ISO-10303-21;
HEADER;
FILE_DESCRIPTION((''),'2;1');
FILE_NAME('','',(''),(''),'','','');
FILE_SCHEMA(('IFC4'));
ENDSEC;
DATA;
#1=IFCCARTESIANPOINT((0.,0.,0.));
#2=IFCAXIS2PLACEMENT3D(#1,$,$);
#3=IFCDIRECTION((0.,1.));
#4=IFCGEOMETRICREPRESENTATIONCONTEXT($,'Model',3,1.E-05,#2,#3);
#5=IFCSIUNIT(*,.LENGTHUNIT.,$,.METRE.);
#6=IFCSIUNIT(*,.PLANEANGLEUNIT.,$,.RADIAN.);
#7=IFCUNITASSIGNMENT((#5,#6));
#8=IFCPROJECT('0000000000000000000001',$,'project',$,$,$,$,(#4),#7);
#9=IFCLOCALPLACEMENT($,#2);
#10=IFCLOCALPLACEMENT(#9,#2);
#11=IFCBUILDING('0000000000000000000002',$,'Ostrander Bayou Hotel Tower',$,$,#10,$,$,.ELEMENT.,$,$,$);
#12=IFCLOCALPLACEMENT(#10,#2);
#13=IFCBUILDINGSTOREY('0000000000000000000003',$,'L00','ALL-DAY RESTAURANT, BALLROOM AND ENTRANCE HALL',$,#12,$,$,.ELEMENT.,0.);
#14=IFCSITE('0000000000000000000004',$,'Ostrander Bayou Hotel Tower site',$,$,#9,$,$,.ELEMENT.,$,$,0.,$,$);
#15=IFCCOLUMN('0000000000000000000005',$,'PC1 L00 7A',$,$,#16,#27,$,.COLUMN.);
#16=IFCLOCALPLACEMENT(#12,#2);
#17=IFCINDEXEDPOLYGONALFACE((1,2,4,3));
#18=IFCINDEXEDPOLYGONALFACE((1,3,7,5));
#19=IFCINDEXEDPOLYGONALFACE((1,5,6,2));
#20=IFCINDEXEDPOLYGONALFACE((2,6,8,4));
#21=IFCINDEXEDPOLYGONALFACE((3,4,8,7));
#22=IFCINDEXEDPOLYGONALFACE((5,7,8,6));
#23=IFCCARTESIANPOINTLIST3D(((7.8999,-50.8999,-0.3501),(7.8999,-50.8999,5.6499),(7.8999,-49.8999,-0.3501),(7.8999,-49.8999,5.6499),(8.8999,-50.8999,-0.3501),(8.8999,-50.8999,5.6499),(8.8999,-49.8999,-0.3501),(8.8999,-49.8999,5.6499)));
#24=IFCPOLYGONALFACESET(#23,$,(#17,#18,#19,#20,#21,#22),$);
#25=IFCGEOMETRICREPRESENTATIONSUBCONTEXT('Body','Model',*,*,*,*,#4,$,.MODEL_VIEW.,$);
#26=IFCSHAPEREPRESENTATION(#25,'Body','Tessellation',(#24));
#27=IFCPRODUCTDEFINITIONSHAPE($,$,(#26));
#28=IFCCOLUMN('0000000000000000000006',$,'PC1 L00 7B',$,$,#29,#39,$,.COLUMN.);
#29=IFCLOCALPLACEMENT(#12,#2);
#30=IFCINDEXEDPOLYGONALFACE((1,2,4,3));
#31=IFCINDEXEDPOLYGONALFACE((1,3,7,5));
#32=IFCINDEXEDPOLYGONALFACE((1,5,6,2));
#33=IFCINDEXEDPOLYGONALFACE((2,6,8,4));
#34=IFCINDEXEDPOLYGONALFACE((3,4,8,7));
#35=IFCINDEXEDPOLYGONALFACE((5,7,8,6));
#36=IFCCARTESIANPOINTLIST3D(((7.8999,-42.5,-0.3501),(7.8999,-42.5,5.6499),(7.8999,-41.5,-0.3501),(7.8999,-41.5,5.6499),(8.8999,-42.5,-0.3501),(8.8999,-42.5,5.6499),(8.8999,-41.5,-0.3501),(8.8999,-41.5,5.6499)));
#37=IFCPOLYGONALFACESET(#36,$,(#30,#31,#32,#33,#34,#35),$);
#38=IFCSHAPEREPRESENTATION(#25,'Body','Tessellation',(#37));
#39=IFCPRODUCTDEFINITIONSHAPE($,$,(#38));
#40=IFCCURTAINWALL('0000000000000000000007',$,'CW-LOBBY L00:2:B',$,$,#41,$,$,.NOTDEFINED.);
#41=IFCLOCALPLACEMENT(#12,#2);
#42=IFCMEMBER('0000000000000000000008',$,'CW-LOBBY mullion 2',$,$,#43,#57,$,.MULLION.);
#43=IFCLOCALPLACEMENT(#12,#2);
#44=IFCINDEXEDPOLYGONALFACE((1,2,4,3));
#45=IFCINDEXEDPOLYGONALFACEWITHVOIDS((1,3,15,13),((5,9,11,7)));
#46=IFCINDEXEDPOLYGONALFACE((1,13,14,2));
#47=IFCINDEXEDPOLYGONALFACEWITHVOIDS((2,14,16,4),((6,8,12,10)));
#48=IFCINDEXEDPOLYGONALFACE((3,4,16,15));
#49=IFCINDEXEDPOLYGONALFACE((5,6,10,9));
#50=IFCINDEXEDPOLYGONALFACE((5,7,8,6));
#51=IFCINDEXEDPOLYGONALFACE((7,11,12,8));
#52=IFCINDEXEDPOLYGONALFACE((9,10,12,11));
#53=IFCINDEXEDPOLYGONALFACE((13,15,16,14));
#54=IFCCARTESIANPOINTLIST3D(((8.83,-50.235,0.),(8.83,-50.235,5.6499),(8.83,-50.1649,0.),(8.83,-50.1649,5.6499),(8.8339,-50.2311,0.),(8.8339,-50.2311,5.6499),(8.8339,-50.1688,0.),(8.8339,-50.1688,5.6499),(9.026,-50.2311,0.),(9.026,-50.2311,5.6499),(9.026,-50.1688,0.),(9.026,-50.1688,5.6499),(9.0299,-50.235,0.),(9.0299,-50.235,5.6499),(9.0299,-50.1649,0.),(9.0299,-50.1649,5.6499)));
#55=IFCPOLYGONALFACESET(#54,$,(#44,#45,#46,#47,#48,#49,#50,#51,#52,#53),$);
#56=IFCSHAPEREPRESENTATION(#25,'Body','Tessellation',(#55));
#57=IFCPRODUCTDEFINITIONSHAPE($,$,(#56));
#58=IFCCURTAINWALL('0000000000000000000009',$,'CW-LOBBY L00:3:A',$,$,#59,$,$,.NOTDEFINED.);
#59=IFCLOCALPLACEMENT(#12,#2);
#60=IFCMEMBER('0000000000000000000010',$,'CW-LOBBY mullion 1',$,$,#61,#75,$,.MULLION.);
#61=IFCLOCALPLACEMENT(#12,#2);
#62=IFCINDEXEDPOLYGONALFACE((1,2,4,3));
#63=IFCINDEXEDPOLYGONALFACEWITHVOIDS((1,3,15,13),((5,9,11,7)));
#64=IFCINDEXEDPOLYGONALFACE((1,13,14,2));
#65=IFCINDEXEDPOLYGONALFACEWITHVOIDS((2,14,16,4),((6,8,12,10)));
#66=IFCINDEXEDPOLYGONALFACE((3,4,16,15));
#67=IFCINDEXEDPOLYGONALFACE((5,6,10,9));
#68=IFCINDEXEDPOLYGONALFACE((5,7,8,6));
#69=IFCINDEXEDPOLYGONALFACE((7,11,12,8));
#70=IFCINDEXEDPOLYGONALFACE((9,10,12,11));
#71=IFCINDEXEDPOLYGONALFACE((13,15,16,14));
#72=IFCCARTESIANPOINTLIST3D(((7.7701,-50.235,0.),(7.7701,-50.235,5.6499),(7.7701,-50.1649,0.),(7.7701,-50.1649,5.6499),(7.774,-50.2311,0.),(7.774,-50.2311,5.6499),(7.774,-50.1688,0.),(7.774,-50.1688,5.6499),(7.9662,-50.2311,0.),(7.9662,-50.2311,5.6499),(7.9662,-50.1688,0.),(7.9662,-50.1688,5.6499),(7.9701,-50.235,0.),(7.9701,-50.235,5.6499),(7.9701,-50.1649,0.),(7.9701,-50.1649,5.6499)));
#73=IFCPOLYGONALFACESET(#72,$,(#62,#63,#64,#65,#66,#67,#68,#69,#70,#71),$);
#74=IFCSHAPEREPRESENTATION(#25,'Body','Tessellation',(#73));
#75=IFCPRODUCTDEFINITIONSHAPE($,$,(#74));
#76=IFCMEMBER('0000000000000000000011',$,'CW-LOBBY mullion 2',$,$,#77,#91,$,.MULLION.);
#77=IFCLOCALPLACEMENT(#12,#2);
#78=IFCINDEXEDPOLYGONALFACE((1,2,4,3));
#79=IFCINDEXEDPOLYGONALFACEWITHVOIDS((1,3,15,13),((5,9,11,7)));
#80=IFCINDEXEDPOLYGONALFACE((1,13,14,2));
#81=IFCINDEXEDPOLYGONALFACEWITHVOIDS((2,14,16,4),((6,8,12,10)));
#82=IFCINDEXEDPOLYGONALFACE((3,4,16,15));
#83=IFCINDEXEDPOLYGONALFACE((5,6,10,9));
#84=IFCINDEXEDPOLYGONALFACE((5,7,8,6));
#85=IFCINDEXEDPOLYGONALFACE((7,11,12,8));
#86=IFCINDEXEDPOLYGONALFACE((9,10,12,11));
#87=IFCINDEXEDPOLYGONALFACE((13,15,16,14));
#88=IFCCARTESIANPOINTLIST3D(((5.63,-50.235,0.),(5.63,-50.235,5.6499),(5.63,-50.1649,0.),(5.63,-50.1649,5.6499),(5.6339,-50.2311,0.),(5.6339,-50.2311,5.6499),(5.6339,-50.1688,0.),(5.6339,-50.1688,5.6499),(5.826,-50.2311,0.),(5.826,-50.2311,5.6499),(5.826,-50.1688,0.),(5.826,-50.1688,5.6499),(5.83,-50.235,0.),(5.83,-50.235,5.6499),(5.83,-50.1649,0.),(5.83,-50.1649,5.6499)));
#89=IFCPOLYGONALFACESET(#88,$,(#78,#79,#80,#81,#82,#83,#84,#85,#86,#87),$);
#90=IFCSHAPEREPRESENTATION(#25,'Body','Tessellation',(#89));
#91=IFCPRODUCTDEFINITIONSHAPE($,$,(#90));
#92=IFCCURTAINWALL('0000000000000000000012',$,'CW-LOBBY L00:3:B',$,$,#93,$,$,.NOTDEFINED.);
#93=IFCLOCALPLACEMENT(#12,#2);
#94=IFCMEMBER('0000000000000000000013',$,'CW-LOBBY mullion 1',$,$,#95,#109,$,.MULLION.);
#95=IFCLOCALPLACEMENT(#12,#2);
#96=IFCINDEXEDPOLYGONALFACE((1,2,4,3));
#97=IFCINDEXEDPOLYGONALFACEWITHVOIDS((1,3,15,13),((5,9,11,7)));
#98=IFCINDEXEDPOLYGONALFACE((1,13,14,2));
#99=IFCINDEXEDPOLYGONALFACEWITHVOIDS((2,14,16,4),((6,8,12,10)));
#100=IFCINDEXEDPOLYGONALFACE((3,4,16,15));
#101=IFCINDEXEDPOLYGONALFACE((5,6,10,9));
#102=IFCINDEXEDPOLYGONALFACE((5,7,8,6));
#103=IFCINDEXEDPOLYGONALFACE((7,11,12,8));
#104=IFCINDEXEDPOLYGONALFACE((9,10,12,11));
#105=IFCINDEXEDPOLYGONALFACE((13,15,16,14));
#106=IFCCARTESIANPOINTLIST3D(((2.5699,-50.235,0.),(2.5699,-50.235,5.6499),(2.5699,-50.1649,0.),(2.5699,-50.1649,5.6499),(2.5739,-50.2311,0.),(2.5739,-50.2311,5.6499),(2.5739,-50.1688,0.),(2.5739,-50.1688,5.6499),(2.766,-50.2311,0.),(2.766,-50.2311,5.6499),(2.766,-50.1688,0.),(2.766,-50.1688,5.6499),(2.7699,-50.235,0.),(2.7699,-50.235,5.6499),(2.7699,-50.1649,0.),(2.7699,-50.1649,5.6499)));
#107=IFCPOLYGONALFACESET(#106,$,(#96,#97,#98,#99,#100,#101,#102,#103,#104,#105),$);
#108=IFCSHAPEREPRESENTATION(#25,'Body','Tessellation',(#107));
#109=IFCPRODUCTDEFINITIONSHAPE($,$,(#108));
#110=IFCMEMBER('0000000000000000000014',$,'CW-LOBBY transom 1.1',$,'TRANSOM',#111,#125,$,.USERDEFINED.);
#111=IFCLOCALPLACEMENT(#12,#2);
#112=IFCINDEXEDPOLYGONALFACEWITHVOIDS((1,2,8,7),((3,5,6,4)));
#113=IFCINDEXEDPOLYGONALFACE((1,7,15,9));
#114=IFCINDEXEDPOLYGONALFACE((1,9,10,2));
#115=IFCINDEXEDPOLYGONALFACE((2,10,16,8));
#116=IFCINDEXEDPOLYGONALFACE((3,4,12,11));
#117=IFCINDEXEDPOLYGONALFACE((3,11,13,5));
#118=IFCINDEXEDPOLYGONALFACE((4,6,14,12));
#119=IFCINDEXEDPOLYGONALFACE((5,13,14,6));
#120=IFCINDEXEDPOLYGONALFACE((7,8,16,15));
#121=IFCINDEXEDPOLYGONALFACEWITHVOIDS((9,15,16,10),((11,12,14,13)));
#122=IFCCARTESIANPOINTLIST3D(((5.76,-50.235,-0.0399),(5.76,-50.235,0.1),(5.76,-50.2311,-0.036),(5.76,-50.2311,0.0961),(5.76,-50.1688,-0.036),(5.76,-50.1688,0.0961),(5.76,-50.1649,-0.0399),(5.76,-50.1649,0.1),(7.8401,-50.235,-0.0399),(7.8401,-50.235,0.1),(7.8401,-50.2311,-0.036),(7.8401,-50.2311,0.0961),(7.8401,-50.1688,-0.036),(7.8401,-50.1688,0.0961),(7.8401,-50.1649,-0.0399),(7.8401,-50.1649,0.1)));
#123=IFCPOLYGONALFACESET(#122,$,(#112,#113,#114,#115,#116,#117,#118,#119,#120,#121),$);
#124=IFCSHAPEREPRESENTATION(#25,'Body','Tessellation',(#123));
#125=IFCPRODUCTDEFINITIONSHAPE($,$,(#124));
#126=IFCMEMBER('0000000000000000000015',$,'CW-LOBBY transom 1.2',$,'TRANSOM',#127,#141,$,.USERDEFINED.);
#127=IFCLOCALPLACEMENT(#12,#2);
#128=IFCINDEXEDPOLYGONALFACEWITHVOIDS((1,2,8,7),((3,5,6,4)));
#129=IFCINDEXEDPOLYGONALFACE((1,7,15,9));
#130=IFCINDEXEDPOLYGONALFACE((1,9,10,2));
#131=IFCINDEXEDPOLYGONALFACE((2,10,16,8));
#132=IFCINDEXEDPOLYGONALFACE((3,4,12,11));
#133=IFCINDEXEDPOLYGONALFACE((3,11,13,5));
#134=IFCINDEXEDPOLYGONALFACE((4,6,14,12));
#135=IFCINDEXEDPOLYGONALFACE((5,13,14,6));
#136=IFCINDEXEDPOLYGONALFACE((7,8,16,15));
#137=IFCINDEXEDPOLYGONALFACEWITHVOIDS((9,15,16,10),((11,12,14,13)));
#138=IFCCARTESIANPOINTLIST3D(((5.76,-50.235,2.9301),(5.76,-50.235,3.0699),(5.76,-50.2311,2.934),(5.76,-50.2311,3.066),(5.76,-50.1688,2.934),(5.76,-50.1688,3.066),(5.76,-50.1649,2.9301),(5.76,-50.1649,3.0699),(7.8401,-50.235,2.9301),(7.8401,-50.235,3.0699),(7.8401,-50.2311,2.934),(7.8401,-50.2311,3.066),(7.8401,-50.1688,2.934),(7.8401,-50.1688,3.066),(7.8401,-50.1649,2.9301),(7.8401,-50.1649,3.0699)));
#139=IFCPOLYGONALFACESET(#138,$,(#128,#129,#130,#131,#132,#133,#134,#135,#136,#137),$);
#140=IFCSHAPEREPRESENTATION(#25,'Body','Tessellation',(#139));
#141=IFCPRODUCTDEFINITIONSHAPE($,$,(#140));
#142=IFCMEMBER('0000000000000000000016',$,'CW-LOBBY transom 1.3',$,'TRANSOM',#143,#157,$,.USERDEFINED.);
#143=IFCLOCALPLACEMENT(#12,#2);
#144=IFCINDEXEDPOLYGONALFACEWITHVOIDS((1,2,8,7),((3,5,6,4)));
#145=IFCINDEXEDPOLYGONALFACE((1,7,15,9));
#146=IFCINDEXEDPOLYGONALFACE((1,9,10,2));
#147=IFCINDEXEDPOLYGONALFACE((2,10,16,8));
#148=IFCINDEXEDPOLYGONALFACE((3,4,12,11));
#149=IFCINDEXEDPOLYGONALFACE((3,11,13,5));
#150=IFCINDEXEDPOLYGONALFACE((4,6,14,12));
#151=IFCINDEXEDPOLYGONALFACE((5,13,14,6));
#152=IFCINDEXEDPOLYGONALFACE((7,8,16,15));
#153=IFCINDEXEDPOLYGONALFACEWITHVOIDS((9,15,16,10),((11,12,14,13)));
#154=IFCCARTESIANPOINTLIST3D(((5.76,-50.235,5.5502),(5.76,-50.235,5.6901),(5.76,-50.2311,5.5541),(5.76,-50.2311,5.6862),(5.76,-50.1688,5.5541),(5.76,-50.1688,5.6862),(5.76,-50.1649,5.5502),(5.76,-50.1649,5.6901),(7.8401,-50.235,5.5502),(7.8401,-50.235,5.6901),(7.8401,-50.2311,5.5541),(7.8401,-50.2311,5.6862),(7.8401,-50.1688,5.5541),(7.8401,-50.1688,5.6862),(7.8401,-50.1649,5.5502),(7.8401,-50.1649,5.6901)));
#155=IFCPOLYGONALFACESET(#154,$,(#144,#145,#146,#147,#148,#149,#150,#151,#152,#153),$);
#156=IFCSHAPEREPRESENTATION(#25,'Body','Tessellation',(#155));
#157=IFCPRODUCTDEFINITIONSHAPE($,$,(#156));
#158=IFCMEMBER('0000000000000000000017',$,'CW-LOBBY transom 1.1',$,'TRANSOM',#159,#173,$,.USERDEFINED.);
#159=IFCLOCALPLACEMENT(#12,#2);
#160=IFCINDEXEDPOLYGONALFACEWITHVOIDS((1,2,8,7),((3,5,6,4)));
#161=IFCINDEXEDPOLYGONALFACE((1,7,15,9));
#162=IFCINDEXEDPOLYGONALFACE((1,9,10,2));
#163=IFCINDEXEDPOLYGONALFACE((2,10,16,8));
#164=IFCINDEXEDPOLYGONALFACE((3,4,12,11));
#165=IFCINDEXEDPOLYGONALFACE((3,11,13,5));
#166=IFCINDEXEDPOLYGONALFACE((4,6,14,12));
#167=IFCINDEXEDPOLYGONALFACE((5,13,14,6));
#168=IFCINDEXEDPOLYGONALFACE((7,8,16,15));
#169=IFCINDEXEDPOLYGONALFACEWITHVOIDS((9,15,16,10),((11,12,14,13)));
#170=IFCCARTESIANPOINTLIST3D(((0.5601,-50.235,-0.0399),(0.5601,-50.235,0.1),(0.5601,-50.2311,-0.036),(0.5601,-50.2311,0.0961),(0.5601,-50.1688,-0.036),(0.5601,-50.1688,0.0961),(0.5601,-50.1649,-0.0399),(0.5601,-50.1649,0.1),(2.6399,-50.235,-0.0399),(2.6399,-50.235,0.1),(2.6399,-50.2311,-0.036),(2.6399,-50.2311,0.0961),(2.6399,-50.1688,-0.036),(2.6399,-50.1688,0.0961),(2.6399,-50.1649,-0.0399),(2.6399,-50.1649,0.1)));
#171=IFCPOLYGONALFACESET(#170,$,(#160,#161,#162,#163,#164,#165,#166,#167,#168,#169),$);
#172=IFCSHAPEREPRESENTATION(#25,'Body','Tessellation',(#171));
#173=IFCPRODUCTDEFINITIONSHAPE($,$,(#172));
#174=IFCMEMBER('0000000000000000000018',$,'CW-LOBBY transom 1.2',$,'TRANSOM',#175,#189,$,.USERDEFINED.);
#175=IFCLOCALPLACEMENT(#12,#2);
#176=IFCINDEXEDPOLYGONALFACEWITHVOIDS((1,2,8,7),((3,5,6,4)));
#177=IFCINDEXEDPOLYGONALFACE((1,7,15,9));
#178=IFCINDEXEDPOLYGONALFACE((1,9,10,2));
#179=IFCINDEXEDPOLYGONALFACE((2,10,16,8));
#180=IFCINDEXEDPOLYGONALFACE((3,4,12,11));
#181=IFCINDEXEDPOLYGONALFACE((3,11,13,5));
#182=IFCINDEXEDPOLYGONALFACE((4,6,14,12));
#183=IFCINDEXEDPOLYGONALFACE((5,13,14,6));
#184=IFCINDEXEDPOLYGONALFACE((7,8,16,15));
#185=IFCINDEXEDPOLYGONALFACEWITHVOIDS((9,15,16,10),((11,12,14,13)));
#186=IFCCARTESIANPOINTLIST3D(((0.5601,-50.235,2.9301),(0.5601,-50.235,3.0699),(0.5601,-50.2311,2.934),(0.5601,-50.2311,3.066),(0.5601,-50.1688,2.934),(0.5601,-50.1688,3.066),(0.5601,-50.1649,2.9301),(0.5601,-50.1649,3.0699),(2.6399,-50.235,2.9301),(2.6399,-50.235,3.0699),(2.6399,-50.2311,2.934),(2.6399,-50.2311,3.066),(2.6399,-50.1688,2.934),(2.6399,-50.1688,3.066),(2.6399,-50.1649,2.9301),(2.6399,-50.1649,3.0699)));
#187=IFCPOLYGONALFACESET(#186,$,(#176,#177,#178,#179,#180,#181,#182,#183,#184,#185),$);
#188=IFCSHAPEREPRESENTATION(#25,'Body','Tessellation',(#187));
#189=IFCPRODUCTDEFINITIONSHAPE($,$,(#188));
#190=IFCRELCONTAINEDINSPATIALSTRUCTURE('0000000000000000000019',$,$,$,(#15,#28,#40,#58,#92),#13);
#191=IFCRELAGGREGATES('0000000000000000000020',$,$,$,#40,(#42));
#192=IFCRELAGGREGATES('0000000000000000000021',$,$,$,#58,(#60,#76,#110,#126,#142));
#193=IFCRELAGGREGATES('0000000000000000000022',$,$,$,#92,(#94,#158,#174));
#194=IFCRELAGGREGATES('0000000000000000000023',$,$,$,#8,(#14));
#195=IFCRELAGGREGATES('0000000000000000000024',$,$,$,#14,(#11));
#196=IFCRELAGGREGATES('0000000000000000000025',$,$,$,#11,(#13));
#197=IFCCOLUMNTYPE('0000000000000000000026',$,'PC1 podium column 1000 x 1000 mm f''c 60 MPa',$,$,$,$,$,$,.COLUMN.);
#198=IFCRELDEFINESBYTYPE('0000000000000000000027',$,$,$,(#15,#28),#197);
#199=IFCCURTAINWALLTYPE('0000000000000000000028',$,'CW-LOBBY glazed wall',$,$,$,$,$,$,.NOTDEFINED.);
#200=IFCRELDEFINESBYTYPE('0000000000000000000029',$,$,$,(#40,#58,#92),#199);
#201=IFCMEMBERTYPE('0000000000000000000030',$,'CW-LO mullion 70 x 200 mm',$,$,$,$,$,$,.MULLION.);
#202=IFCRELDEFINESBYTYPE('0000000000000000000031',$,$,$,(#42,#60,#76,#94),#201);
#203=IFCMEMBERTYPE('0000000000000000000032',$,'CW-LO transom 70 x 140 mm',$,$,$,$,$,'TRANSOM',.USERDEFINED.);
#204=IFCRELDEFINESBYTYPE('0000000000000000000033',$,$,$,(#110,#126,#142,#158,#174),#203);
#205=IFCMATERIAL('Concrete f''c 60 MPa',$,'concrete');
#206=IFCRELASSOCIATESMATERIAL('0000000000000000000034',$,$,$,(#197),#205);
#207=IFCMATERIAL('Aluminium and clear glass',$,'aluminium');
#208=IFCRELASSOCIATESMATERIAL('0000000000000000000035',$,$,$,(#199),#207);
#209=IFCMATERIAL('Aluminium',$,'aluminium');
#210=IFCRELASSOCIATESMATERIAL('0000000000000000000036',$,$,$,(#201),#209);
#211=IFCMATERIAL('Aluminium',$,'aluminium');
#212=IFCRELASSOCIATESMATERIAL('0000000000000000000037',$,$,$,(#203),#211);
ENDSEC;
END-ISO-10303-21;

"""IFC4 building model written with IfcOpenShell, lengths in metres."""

from ifc_helpers import new_model, si_unit, direction, frame, origin, origin_2d, place, context, subcontext, project, spatial, rectangle, hollow_rectangle, extrude, material, material_profile, profile_set, type_object, element, aggregate, save


model = new_model("IFC4")

# Units and contexts
model_context = context("Model", 3, precision=1e-05, world=origin(), true_north=direction((0.0, 1.0)))
body_context = subcontext(model_context, "Body", "Model", "MODEL_VIEW")
ifc_project = project(units=[si_unit("LENGTHUNIT", "METRE"), si_unit("PLANEANGLEUNIT", "RADIAN")], contexts=[model_context])

# Site, building, storey
site_placement = place(None, origin())
site = spatial("IfcSite", under=ifc_project, at=site_placement, Name="Ostrander Bayou Hotel Tower site", CompositionType="ELEMENT", RefElevation=0.0)
building_placement = place(site_placement, origin())
building = spatial("IfcBuilding", under=site, at=building_placement, Name="Ostrander Bayou Hotel Tower", CompositionType="ELEMENT")
storey_placement = place(building_placement, origin())
storey = spatial("IfcBuildingStorey", under=building, at=storey_placement, Name="L00", Description="ALL-DAY RESTAURANT, BALLROOM AND ENTRANCE HALL", CompositionType="ELEMENT", Elevation=0.0)

# Columns
ifc_material_1 = material(Name="Concrete f'c 60 MPa", Category="concrete")
ifc_material_profile_1 = material_profile(ifc_material_1, rectangle(XDim=1.0, YDim=1.0, at=origin_2d()))
ifc_profile_set_1 = profile_set([ifc_material_profile_1], Name="Concrete f'c 60 MPa")
column_type = type_object("IfcColumnType", Name="PC1 podium column 1000 x 1000 mm f'c 60 MPa", PredefinedType="COLUMN", material=ifc_profile_set_1)
for number, where, z_axis, x_axis, name in (
    (1, (8.3999, -50.3999, -0.3501), (0.0, 0.0, 1.0), (1.0, 0.0, 0.0), "PC1 L00 7A"),
    (2, (8.3999, -42.0, -0.3501), (0.0, 0.0, 1.0), (1.0, 0.0, 0.0), "PC1 L00 7B"),
):
    element("IfcColumn", number, at=place(storey_placement, frame(where, z_axis=z_axis, x_axis=x_axis)), inside=storey, type_object=column_type, Name=name, PredefinedType="COLUMN", context=body_context, shape_type="SweptSolid", body=[
        extrude(rectangle(XDim=1.0, YDim=1.0, at=origin_2d()), origin(), (0.0, 0.0, 1.0), 6.0),
    ])

# Curtain wall, member
ifc_material_2 = material(Name="Aluminium and clear glass", Category="aluminium")
curtain_wall_type = type_object("IfcCurtainWallType", Name="CW-LOBBY glazed wall", PredefinedType="NOTDEFINED", material=ifc_material_2)
curtain_wall_1_placement = place(storey_placement, origin())
curtain_wall_1 = element("IfcCurtainWall", 3, at=curtain_wall_1_placement, inside=storey, type_object=curtain_wall_type, Name="CW-LOBBY L00:2:B", PredefinedType="NOTDEFINED")
ifc_material_3 = material(Name="Aluminium", Category="aluminium")
ifc_material_profile_2 = material_profile(ifc_material_3, hollow_rectangle(XDim=0.0701, YDim=0.2, WallThickness=0.0039, at=origin_2d()))
ifc_profile_set_2 = profile_set([ifc_material_profile_2], Name="Aluminium")
member_type_1 = type_object("IfcMemberType", Name="CW-LO mullion 70 x 200 mm", PredefinedType="MULLION", material=ifc_profile_set_2)
member_1_placement = place(storey_placement, frame((8.9299, -50.2, 0.0), z_axis=(0.0, 0.0, 1.0), x_axis=(0.0, -1.0, 0.0)))
member_1 = element("IfcMember", 4, at=member_1_placement, type_object=member_type_1, Name="CW-LOBBY mullion 2", PredefinedType="MULLION", context=body_context, shape_type="SweptSolid", body=[
    extrude(hollow_rectangle(XDim=0.0701, YDim=0.2, WallThickness=0.0039, at=origin_2d()), origin(), (0.0, 0.0, 1.0), 5.6499),
])

# Curtain wall, members
curtain_wall_2_placement = place(storey_placement, origin())
curtain_wall_2 = element("IfcCurtainWall", 5, at=curtain_wall_2_placement, inside=storey, type_object=curtain_wall_type, Name="CW-LOBBY L00:3:A", PredefinedType="NOTDEFINED")
member_2_placement = place(storey_placement, frame((7.8701, -50.2, 0.0), z_axis=(0.0, 0.0, 1.0), x_axis=(0.0, -1.0, 0.0)))
member_2 = element("IfcMember", 6, at=member_2_placement, type_object=member_type_1, Name="CW-LOBBY mullion 1", PredefinedType="MULLION", context=body_context, shape_type="SweptSolid", body=[
    extrude(hollow_rectangle(XDim=0.0701, YDim=0.2, WallThickness=0.0039, at=origin_2d()), origin(), (0.0, 0.0, 1.0), 5.6499),
])
member_3_placement = place(storey_placement, frame((5.73, -50.2, 0.0), z_axis=(0.0, 0.0, 1.0), x_axis=(0.0, -1.0, 0.0)))
member_3 = element("IfcMember", 7, at=member_3_placement, type_object=member_type_1, Name="CW-LOBBY mullion 2", PredefinedType="MULLION", context=body_context, shape_type="SweptSolid", body=[
    extrude(hollow_rectangle(XDim=0.0701, YDim=0.2, WallThickness=0.0039, at=origin_2d()), origin(), (0.0, 0.0, 1.0), 5.6499),
])

# Curtain wall, member
curtain_wall_3_placement = place(storey_placement, origin())
curtain_wall_3 = element("IfcCurtainWall", 8, at=curtain_wall_3_placement, inside=storey, type_object=curtain_wall_type, Name="CW-LOBBY L00:3:B", PredefinedType="NOTDEFINED")
member_4_placement = place(storey_placement, frame((2.6699, -50.2, 0.0), z_axis=(0.0, 0.0, 1.0), x_axis=(0.0, -1.0, 0.0)))
member_4 = element("IfcMember", 9, at=member_4_placement, type_object=member_type_1, Name="CW-LOBBY mullion 1", PredefinedType="MULLION", context=body_context, shape_type="SweptSolid", body=[
    extrude(hollow_rectangle(XDim=0.0701, YDim=0.2, WallThickness=0.0039, at=origin_2d()), origin(), (0.0, 0.0, 1.0), 5.6499),
])

# Members
ifc_material_4 = material(Name="Aluminium", Category="aluminium")
ifc_material_profile_3 = material_profile(ifc_material_4, hollow_rectangle(XDim=0.0701, YDim=0.1399, WallThickness=0.0039, at=origin_2d()))
ifc_profile_set_3 = profile_set([ifc_material_profile_3], Name="Aluminium")
member_type_2 = type_object("IfcMemberType", Name="CW-LO transom 70 x 140 mm", ElementType="TRANSOM", PredefinedType="USERDEFINED", material=ifc_profile_set_3)
member_5_placement = place(storey_placement, frame((7.8401, -50.2, 0.03), z_axis=(-1.0, 0.0, 0.0), x_axis=(0.0, -1.0, 0.0)))
member_5 = element("IfcMember", 10, at=member_5_placement, type_object=member_type_2, Name="CW-LOBBY transom 1.1", ObjectType="TRANSOM", PredefinedType="USERDEFINED", context=body_context, shape_type="SweptSolid", body=[
    extrude(hollow_rectangle(XDim=0.0701, YDim=0.1399, WallThickness=0.0039, at=origin_2d()), origin(), (0.0, 0.0, 1.0), 2.0801),
])
member_6_placement = place(storey_placement, frame((7.8401, -50.2, 3.0), z_axis=(-1.0, 0.0, 0.0), x_axis=(0.0, -1.0, 0.0)))
member_6 = element("IfcMember", 11, at=member_6_placement, type_object=member_type_2, Name="CW-LOBBY transom 1.2", ObjectType="TRANSOM", PredefinedType="USERDEFINED", context=body_context, shape_type="SweptSolid", body=[
    extrude(hollow_rectangle(XDim=0.0701, YDim=0.1399, WallThickness=0.0039, at=origin_2d()), origin(), (0.0, 0.0, 1.0), 2.0801),
])
member_7_placement = place(storey_placement, frame((7.8401, -50.2, 5.6201), z_axis=(-1.0, 0.0, 0.0), x_axis=(0.0, -1.0, 0.0)))
member_7 = element("IfcMember", 12, at=member_7_placement, type_object=member_type_2, Name="CW-LOBBY transom 1.3", ObjectType="TRANSOM", PredefinedType="USERDEFINED", context=body_context, shape_type="SweptSolid", body=[
    extrude(hollow_rectangle(XDim=0.0701, YDim=0.1399, WallThickness=0.0039, at=origin_2d()), origin(), (0.0, 0.0, 1.0), 2.0801),
])
member_8_placement = place(storey_placement, frame((2.6399, -50.2, 0.03), z_axis=(-1.0, 0.0, 0.0), x_axis=(0.0, -1.0, 0.0)))
member_8 = element("IfcMember", 13, at=member_8_placement, type_object=member_type_2, Name="CW-LOBBY transom 1.1", ObjectType="TRANSOM", PredefinedType="USERDEFINED", context=body_context, shape_type="SweptSolid", body=[
    extrude(hollow_rectangle(XDim=0.0701, YDim=0.1399, WallThickness=0.0039, at=origin_2d()), origin(), (0.0, 0.0, 1.0), 2.0798),
])
member_9_placement = place(storey_placement, frame((2.6399, -50.2, 3.0), z_axis=(-1.0, 0.0, 0.0), x_axis=(0.0, -1.0, 0.0)))
member_9 = element("IfcMember", 14, at=member_9_placement, type_object=member_type_2, Name="CW-LOBBY transom 1.2", ObjectType="TRANSOM", PredefinedType="USERDEFINED", context=body_context, shape_type="SweptSolid", body=[
    extrude(hollow_rectangle(XDim=0.0701, YDim=0.1399, WallThickness=0.0039, at=origin_2d()), origin(), (0.0, 0.0, 1.0), 2.0798),
])

aggregate(curtain_wall_1, [member_1])
aggregate(curtain_wall_2, [member_2, member_3, member_5, member_6, member_7])
aggregate(curtain_wall_3, [member_4, member_8, member_9])

save(model, "model.ifc")
